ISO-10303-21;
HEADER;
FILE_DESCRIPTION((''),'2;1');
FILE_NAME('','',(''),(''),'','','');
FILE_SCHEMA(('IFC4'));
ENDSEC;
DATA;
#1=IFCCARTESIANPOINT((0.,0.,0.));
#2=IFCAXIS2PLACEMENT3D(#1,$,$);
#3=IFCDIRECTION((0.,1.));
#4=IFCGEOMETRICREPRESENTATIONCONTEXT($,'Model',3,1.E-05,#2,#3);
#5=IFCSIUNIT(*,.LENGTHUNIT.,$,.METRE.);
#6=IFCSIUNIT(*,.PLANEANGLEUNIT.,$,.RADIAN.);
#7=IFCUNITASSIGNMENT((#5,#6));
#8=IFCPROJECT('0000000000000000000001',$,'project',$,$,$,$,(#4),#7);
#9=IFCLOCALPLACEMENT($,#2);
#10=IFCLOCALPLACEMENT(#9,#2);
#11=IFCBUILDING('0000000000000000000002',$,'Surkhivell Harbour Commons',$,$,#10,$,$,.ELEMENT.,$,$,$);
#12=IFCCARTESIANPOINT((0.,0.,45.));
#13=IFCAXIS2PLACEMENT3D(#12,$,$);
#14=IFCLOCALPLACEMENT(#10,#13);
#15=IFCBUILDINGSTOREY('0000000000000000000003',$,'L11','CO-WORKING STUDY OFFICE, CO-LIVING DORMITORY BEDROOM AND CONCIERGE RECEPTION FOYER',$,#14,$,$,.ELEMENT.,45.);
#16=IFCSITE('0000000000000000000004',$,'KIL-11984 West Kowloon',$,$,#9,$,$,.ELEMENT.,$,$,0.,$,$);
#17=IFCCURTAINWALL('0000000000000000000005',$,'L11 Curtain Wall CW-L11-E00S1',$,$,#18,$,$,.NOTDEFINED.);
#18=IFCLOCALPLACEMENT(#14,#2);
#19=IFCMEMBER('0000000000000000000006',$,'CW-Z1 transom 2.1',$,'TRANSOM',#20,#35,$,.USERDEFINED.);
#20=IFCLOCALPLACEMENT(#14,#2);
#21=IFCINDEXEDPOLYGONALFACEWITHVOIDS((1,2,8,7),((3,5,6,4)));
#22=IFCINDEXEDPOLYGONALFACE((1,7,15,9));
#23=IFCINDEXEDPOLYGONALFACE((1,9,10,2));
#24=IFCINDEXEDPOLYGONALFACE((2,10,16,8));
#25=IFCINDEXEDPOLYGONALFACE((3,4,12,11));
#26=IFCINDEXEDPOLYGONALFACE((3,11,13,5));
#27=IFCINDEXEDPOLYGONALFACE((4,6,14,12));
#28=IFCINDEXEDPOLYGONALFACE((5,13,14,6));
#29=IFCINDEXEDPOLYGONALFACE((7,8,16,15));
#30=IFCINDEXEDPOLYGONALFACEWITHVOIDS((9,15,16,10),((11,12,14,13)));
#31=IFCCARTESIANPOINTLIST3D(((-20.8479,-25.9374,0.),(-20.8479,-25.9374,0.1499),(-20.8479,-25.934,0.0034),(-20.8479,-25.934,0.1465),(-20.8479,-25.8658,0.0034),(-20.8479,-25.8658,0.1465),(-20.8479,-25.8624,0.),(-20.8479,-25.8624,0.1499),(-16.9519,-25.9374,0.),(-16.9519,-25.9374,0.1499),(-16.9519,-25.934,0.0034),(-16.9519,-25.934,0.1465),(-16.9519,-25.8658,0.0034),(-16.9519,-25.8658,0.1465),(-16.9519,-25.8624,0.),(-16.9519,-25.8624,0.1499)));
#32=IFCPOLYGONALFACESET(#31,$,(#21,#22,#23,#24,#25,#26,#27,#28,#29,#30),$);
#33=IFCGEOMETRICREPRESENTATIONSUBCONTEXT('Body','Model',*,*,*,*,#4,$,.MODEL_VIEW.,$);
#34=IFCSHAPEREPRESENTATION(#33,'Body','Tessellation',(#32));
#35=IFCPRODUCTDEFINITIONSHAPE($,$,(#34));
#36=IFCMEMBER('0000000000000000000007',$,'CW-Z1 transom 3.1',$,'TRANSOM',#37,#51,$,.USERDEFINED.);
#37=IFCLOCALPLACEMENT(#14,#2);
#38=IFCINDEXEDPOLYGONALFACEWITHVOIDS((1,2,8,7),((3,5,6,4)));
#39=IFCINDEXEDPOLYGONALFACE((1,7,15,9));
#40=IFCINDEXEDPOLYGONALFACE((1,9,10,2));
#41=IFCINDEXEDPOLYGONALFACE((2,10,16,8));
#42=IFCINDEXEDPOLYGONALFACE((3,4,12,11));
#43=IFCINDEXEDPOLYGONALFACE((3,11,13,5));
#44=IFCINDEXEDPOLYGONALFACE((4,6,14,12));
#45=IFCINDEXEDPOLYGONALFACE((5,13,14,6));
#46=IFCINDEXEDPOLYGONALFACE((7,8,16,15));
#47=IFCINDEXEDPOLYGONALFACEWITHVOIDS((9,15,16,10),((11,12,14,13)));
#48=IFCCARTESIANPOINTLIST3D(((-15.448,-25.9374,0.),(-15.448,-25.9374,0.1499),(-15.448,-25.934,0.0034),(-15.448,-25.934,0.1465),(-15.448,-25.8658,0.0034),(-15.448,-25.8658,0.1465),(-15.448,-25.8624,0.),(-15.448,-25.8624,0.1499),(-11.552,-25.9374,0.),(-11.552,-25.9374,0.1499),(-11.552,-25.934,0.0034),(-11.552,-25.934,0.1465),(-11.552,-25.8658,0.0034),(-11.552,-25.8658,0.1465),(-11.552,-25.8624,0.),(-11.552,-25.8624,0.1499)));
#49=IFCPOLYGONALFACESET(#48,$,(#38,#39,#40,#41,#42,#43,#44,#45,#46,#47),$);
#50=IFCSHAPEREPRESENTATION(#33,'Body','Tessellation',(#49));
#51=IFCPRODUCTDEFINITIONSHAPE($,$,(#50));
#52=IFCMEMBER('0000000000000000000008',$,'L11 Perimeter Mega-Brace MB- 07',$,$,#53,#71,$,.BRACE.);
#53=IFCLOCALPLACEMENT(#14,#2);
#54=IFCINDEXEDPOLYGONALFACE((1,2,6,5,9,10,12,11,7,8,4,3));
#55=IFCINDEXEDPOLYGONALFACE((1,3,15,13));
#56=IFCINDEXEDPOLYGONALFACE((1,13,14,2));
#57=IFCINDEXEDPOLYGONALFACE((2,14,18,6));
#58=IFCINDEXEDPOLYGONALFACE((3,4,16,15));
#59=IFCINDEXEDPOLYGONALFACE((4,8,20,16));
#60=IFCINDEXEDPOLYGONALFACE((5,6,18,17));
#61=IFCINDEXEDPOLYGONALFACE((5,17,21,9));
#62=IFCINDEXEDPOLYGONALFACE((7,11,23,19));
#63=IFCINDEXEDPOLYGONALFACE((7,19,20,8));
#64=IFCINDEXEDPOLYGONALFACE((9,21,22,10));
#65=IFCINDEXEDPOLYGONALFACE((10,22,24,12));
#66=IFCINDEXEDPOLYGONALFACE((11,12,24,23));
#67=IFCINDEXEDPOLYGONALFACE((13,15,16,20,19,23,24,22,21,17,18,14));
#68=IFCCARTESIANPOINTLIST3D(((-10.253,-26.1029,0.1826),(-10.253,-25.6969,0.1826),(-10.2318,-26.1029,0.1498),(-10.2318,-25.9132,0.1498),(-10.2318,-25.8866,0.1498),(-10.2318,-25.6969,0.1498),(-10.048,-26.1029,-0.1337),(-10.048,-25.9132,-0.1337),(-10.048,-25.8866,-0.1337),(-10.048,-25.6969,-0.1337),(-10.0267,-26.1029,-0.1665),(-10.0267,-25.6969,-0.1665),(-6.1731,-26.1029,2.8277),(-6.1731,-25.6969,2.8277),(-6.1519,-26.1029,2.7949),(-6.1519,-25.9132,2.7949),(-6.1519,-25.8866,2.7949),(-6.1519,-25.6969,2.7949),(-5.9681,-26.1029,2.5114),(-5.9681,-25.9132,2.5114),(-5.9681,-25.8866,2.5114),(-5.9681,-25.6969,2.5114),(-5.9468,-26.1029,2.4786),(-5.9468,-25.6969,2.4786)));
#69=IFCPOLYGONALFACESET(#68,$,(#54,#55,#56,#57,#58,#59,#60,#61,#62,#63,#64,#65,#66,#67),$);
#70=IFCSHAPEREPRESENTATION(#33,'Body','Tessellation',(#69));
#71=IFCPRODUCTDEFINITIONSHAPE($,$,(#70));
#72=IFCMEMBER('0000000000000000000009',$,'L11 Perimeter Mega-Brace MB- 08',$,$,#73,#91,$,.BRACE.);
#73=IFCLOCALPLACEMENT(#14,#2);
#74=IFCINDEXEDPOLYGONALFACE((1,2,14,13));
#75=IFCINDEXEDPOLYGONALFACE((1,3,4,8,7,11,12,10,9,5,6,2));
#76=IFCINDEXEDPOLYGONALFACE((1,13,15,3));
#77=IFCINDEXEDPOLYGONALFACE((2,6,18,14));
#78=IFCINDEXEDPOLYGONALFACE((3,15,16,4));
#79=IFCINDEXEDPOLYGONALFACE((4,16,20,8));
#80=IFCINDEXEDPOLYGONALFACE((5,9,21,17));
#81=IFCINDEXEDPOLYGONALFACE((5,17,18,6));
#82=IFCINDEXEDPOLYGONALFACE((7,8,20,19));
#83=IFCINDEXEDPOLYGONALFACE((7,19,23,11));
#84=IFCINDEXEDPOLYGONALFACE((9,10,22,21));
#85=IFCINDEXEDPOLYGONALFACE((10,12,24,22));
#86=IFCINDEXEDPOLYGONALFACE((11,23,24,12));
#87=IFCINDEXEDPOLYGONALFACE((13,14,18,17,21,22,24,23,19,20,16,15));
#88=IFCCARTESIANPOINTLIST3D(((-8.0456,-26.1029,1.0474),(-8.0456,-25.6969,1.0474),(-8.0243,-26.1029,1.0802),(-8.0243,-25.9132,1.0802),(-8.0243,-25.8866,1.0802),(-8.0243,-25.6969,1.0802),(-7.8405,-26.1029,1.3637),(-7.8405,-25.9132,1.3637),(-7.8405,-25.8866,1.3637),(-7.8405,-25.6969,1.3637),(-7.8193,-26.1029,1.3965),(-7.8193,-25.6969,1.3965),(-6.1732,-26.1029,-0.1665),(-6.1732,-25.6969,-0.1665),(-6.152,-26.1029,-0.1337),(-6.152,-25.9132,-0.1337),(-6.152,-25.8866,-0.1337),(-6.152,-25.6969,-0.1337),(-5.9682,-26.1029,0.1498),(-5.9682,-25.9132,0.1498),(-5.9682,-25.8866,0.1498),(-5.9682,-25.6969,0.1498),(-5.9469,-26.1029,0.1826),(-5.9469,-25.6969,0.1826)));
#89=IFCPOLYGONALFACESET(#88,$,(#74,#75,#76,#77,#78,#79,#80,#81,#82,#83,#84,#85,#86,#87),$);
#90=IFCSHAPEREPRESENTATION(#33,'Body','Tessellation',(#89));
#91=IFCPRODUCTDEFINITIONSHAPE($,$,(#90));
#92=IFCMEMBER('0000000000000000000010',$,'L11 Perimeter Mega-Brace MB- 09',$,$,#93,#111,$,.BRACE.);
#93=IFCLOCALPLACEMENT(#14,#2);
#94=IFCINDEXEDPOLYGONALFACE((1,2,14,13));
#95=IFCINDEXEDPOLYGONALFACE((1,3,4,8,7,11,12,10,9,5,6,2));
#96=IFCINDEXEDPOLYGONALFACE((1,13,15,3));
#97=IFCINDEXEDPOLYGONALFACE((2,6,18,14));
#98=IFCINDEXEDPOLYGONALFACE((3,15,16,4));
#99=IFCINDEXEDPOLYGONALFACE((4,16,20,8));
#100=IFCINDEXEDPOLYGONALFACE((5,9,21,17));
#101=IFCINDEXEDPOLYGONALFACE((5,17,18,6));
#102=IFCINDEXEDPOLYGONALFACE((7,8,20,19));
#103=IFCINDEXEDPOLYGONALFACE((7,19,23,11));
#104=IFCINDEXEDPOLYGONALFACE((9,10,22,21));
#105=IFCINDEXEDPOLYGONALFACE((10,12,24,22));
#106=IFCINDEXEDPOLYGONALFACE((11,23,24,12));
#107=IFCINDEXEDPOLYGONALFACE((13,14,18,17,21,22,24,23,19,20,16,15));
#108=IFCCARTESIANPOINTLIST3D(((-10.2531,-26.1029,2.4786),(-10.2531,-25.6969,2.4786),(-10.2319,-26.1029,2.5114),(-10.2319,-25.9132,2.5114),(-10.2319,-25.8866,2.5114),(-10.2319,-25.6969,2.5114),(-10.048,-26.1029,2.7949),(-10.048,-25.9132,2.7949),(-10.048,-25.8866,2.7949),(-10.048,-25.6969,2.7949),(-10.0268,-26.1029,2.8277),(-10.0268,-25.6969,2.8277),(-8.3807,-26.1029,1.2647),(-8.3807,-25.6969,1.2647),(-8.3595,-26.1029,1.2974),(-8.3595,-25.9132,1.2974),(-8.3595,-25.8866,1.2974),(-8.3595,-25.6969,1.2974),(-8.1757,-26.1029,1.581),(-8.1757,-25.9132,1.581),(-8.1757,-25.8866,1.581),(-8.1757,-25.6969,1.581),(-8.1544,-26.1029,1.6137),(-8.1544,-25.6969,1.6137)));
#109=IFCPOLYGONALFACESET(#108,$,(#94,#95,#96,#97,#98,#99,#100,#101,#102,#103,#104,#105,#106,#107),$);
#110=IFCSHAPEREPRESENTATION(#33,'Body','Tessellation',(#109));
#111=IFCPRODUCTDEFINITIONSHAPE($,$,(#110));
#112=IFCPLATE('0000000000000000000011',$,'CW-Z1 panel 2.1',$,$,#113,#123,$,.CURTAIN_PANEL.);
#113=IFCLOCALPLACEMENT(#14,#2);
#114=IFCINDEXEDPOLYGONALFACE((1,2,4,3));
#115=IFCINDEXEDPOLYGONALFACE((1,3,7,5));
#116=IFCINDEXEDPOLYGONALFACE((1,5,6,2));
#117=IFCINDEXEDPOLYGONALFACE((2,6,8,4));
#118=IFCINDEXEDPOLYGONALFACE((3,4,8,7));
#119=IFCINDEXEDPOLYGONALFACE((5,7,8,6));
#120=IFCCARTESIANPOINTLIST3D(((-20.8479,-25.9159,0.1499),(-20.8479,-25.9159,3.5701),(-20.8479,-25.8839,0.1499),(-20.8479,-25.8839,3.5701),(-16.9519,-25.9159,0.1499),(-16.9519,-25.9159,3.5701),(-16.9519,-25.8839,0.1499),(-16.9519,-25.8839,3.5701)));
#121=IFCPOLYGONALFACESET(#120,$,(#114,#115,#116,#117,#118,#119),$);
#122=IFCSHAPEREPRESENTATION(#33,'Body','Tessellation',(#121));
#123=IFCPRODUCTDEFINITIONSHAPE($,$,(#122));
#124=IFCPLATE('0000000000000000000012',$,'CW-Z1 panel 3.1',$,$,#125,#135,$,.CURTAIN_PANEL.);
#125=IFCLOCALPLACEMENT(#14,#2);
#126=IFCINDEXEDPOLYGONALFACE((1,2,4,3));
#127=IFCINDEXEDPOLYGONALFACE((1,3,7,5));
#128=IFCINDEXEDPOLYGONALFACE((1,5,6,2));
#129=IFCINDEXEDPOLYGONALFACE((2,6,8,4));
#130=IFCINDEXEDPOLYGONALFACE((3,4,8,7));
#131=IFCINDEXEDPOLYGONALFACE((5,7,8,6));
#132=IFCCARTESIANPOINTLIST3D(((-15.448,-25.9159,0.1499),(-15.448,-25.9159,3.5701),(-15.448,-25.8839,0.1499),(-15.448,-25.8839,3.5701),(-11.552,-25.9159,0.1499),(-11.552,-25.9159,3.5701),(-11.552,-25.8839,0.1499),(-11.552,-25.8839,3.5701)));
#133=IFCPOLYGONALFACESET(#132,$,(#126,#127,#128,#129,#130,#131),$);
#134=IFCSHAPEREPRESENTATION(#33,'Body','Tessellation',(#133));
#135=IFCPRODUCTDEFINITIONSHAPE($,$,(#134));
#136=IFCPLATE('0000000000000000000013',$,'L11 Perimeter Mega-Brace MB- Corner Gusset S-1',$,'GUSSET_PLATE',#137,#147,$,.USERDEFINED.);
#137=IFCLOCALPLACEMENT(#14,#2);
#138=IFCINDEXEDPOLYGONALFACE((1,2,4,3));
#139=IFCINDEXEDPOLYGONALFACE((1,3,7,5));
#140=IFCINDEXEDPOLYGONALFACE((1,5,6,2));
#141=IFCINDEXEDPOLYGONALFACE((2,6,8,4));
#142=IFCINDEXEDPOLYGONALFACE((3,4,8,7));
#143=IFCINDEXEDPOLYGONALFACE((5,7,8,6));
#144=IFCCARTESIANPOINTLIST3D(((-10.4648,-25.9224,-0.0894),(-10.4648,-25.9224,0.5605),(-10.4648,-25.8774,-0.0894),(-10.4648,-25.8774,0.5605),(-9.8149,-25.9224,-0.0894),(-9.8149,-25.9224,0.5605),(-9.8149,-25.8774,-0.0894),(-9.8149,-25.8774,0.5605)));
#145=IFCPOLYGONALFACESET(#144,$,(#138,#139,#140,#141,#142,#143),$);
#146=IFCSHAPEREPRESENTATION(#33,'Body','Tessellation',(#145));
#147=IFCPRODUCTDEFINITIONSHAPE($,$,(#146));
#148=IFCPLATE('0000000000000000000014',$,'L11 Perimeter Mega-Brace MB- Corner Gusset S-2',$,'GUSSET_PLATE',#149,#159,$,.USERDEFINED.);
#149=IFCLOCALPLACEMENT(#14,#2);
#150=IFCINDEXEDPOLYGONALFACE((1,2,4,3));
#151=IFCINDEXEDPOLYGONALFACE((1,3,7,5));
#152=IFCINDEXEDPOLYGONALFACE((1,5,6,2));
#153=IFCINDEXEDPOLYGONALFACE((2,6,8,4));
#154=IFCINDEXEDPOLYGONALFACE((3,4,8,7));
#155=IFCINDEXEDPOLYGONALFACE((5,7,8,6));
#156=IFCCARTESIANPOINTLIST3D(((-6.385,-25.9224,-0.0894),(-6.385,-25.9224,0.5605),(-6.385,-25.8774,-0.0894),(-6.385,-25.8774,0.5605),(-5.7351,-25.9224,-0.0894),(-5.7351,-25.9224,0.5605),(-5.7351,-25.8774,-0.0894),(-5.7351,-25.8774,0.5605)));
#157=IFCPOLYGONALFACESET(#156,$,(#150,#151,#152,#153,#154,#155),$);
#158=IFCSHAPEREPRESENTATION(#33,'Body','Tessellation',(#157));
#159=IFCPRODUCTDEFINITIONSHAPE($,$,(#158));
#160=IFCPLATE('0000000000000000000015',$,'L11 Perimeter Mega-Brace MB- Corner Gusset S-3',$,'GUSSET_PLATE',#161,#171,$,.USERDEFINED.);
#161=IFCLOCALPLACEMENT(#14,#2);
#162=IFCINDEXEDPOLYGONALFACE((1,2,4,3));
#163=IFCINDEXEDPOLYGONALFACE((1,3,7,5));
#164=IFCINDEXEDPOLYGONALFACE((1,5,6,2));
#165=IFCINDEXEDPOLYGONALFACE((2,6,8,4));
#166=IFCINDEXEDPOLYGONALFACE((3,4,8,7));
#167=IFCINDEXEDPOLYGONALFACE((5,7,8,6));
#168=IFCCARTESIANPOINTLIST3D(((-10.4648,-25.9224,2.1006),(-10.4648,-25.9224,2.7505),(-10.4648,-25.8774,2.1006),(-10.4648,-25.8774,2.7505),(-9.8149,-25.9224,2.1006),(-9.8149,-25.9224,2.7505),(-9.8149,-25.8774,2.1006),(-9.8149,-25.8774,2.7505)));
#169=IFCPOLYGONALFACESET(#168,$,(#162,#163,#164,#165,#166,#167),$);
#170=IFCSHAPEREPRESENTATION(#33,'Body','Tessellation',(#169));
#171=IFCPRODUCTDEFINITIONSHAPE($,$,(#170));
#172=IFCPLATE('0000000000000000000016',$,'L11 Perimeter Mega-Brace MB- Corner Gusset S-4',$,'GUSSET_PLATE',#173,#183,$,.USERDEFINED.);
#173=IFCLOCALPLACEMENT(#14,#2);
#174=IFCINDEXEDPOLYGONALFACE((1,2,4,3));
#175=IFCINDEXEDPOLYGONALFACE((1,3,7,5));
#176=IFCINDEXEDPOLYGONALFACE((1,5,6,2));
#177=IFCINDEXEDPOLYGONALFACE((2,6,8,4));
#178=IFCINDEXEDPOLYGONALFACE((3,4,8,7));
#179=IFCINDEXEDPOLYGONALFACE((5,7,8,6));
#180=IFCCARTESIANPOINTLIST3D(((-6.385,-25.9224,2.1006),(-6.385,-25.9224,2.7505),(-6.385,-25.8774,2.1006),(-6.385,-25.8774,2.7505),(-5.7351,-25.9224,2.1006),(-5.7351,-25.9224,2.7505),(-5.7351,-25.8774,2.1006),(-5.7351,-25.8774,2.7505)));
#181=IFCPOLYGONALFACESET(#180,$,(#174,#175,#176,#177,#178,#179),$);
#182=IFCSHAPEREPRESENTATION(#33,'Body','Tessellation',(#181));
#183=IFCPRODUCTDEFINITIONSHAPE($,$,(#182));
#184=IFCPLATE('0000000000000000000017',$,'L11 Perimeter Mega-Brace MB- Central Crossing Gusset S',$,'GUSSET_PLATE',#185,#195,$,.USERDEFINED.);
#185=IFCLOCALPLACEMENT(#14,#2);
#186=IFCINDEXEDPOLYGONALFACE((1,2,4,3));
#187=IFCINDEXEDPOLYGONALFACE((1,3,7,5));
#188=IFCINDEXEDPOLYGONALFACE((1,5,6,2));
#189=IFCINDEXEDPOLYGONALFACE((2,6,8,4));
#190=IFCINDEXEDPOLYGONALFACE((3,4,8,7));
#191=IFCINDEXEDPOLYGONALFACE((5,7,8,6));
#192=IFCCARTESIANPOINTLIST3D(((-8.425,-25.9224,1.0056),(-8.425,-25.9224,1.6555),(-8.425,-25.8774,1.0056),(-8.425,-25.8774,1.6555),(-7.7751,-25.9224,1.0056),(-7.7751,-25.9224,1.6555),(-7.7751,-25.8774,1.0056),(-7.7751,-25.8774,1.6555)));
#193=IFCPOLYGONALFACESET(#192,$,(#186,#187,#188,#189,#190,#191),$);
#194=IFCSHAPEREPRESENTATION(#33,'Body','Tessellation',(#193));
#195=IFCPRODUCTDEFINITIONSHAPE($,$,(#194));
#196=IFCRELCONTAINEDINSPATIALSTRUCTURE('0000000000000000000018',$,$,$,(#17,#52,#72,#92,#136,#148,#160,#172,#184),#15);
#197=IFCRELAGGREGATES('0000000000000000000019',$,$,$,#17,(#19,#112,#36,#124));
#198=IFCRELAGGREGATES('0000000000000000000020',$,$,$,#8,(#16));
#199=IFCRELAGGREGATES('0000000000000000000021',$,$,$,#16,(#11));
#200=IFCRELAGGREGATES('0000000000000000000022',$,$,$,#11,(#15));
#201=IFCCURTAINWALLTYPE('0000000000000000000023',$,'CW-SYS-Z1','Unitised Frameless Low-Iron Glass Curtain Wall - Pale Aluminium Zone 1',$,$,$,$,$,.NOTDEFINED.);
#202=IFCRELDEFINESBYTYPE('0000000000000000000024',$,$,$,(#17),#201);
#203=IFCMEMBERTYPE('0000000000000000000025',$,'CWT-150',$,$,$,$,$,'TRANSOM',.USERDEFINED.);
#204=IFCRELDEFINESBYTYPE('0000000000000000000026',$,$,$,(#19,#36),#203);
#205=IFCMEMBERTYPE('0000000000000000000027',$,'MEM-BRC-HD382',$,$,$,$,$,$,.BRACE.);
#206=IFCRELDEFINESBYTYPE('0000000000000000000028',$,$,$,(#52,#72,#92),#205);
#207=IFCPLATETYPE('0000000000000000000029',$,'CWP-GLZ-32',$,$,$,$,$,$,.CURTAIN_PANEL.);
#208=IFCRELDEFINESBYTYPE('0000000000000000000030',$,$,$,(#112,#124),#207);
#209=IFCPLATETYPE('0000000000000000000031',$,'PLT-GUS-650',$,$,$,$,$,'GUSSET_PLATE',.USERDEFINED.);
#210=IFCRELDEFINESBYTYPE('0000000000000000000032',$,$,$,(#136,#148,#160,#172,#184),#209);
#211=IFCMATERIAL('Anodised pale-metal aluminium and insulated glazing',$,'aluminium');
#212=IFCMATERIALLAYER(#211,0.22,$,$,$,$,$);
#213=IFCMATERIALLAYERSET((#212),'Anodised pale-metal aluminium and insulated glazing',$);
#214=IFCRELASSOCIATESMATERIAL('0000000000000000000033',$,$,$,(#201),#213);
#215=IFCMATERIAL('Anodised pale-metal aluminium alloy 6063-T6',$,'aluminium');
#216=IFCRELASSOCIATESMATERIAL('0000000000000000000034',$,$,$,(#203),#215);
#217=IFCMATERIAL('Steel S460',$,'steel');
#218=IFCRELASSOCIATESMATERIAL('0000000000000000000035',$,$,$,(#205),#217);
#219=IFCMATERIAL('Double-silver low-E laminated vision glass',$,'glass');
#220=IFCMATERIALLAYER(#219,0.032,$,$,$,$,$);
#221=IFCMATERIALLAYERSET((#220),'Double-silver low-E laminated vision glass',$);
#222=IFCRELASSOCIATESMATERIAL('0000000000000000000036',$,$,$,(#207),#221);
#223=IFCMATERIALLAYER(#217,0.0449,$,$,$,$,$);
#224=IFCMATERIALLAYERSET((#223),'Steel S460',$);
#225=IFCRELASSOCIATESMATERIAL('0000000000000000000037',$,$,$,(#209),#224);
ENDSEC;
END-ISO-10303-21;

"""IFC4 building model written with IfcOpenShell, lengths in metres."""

from ifc_helpers import new_model, si_unit, direction, frame, frame_2d, origin, origin_2d, place, context, subcontext, project, spatial, rectangle, hollow_rectangle, i_section, extrude, material, layer, layer_set, material_profile, profile_set, type_object, element, aggregate, save


model = new_model("IFC4")

# Units and contexts
model_context = context("Model", 3, precision=1e-05, world=origin(), true_north=direction((0.0, 1.0)))
body_context = subcontext(model_context, "Body", "Model", "MODEL_VIEW")
ifc_project = project(units=[si_unit("LENGTHUNIT", "METRE"), si_unit("PLANEANGLEUNIT", "RADIAN")], contexts=[model_context])

# Site, building, storey
site_placement = place(None, origin())
site = spatial("IfcSite", under=ifc_project, at=site_placement, Name="KIL-11984 West Kowloon", CompositionType="ELEMENT", RefElevation=0.0)
building_placement = place(site_placement, origin())
building = spatial("IfcBuilding", under=site, at=building_placement, Name="Surkhivell Harbour Commons", CompositionType="ELEMENT")
storey_placement = place(building_placement, frame((0.0, 0.0, 45.0)))
storey = spatial("IfcBuildingStorey", under=building, at=storey_placement, Name="L11", Description="CO-WORKING STUDY OFFICE, CO-LIVING DORMITORY BEDROOM AND CONCIERGE RECEPTION FOYER", CompositionType="ELEMENT", Elevation=45.0)

# Shared definitions
ifc_material_1 = material(Name="Steel S460", Category="steel")

# Curtain wall, members
ifc_material_2 = material(Name="Anodised pale-metal aluminium and insulated glazing", Category="aluminium")
ifc_layer_1 = layer(ifc_material_2, 0.22)
ifc_layer_set_1 = layer_set([ifc_layer_1], Name="Anodised pale-metal aluminium and insulated glazing")
curtain_wall_type = type_object("IfcCurtainWallType", Name="CW-SYS-Z1", Description="Unitised Frameless Low-Iron Glass Curtain Wall - Pale Aluminium Zone 1", PredefinedType="NOTDEFINED", material=ifc_layer_set_1)
curtain_wall_placement = place(storey_placement, origin())
curtain_wall = element("IfcCurtainWall", 1, at=curtain_wall_placement, inside=storey, type_object=curtain_wall_type, Name="L11 Curtain Wall CW-L11-E00S1", PredefinedType="NOTDEFINED")
ifc_material_3 = material(Name="Anodised pale-metal aluminium alloy 6063-T6", Category="aluminium")
ifc_material_profile_1 = material_profile(ifc_material_3, hollow_rectangle(XDim=0.075, YDim=0.1499, WallThickness=0.0034, at=origin_2d()), Name="ALU-TRAN-75x150")
ifc_profile_set_1 = profile_set([ifc_material_profile_1], Name="Anodised pale-metal aluminium alloy 6063-T6")
member_type_1 = type_object("IfcMemberType", Name="CWT-150", ElementType="TRANSOM", PredefinedType="USERDEFINED", material=ifc_profile_set_1)
member_1_placement = place(storey_placement, frame((-20.8479, -25.8999, 0.075), z_axis=(1.0, 0.0, 0.0), x_axis=(0.0, 1.0, 0.0)))
member_1 = element("IfcMember", 2, at=member_1_placement, type_object=member_type_1, Name="CW-Z1 transom 2.1", ObjectType="TRANSOM", PredefinedType="USERDEFINED", context=body_context, shape_type="SweptSolid", body=[
    extrude(hollow_rectangle(XDim=0.075, YDim=0.1499, WallThickness=0.0034, at=origin_2d()), origin(), (0.0, 0.0, 1.0), 3.896),
])
member_2_placement = place(storey_placement, frame((-15.448, -25.8999, 0.075), z_axis=(1.0, 0.0, 0.0), x_axis=(0.0, 1.0, 0.0)))
member_2 = element("IfcMember", 3, at=member_2_placement, type_object=member_type_1, Name="CW-Z1 transom 3.1", ObjectType="TRANSOM", PredefinedType="USERDEFINED", context=body_context, shape_type="SweptSolid", body=[
    extrude(hollow_rectangle(XDim=0.075, YDim=0.1499, WallThickness=0.0034, at=origin_2d()), origin(), (0.0, 0.0, 1.0), 3.896),
])

# Members
ifc_material_profile_2 = material_profile(ifc_material_1, i_section(OverallWidth=0.406, OverallDepth=0.416, WebThickness=0.0266, FlangeThickness=0.0391, at=origin_2d()), Name="HD400x382")
ifc_profile_set_2 = profile_set([ifc_material_profile_2], Name="Steel S460")
member_type_2 = type_object("IfcMemberType", Name="MEM-BRC-HD382", PredefinedType="BRACE", material=ifc_profile_set_2)
member_3_placement = place(storey_placement, frame((-10.1399, -25.8999, 0.0081), z_axis=(0.839089, 0.0, 0.543994), x_axis=(0.0, 1.0, 0.0)))
element("IfcMember", 4, at=member_3_placement, inside=storey, type_object=member_type_2, Name="L11 Perimeter Mega-Brace MB- 07", PredefinedType="BRACE", context=body_context, shape_type="SweptSolid", body=[
    extrude(i_section(OverallWidth=0.406, OverallDepth=0.416, WebThickness=0.0266, FlangeThickness=0.0391, at=origin_2d()), origin(), (0.0, 0.0, 1.0), 4.8623),
])
for number, where, z_axis, x_axis, name in (
    (5, (-6.0601, -25.8999, 0.0081), (-0.839085, 0.0, 0.544), (0.0, -1.0, 0.0), "L11 Perimeter Mega-Brace MB- 08"),
    (6, (-8.2676, -25.8999, 1.4392), (-0.839085, 0.0, 0.544), (0.0, -1.0, 0.0), "L11 Perimeter Mega-Brace MB- 09"),
):
    element("IfcMember", number, at=place(storey_placement, frame(where, z_axis=z_axis, x_axis=x_axis)), inside=storey, type_object=member_type_2, Name=name, PredefinedType="BRACE", context=body_context, shape_type="SweptSolid", body=[
        extrude(i_section(OverallWidth=0.406, OverallDepth=0.416, WebThickness=0.0266, FlangeThickness=0.0391, at=origin_2d()), origin(), (0.0, 0.0, 1.0), 2.2314),
    ])

# Plates
ifc_material_4 = material(Name="Double-silver low-E laminated vision glass", Category="glass")
ifc_layer_2 = layer(ifc_material_4, 0.032)
ifc_layer_set_2 = layer_set([ifc_layer_2], Name="Double-silver low-E laminated vision glass")
plate_type_1 = type_object("IfcPlateType", Name="CWP-GLZ-32", PredefinedType="CURTAIN_PANEL", material=ifc_layer_set_2)
plate_1_placement = place(storey_placement, frame((-20.8479, -25.8999, 0.1499), z_axis=(0.0, 0.0, 1.0), x_axis=(1.0, 0.0, 0.0)))
plate_1 = element("IfcPlate", 7, at=plate_1_placement, type_object=plate_type_1, Name="CW-Z1 panel 2.1", PredefinedType="CURTAIN_PANEL", context=body_context, shape_type="SweptSolid", body=[
    extrude(rectangle(XDim=3.896, YDim=0.032, at=frame_2d((1.948, 0.0))), origin(), (0.0, 0.0, 1.0), 3.4202),
])
plate_2_placement = place(storey_placement, frame((-15.448, -25.8999, 0.1499), z_axis=(0.0, 0.0, 1.0), x_axis=(1.0, 0.0, 0.0)))
plate_2 = element("IfcPlate", 8, at=plate_2_placement, type_object=plate_type_1, Name="CW-Z1 panel 3.1", PredefinedType="CURTAIN_PANEL", context=body_context, shape_type="SweptSolid", body=[
    extrude(rectangle(XDim=3.896, YDim=0.032, at=frame_2d((1.948, 0.0))), origin(), (0.0, 0.0, 1.0), 3.4202),
])
aggregate(curtain_wall, [member_1, plate_1, member_2, plate_2])

# Plates
ifc_layer_3 = layer(ifc_material_1, 0.0449)
ifc_layer_set_3 = layer_set([ifc_layer_3], Name="Steel S460")
plate_type_2 = type_object("IfcPlateType", Name="PLT-GUS-650", ElementType="GUSSET_PLATE", PredefinedType="USERDEFINED", material=ifc_layer_set_3)
for number, where, z_axis, x_axis, name in (
    (9, (-10.1399, -25.8999, -0.0894), (0.0, 0.0, 1.0), (1.0, 0.0, 0.0), "L11 Perimeter Mega-Brace MB- Corner Gusset S-1"),
    (10, (-6.0601, -25.8999, -0.0894), (0.0, 0.0, 1.0), (1.0, 0.0, 0.0), "L11 Perimeter Mega-Brace MB- Corner Gusset S-2"),
    (11, (-10.1399, -25.8999, 2.1006), (0.0, 0.0, 1.0), (1.0, 0.0, 0.0), "L11 Perimeter Mega-Brace MB- Corner Gusset S-3"),
    (12, (-6.0601, -25.8999, 2.1006), (0.0, 0.0, 1.0), (1.0, 0.0, 0.0), "L11 Perimeter Mega-Brace MB- Corner Gusset S-4"),
    (13, (-8.1001, -25.8999, 1.0056), (0.0, 0.0, 1.0), (1.0, 0.0, 0.0), "L11 Perimeter Mega-Brace MB- Central Crossing Gusset S"),
):
    element("IfcPlate", number, at=place(storey_placement, frame(where, z_axis=z_axis, x_axis=x_axis)), inside=storey, type_object=plate_type_2, Name=name, ObjectType="GUSSET_PLATE", PredefinedType="USERDEFINED", context=body_context, shape_type="SweptSolid", body=[
        extrude(rectangle(XDim=0.6499, YDim=0.0449, at=origin_2d()), origin(), (0.0, 0.0, 1.0), 0.6499),
    ])

save(model, "model.ifc")
